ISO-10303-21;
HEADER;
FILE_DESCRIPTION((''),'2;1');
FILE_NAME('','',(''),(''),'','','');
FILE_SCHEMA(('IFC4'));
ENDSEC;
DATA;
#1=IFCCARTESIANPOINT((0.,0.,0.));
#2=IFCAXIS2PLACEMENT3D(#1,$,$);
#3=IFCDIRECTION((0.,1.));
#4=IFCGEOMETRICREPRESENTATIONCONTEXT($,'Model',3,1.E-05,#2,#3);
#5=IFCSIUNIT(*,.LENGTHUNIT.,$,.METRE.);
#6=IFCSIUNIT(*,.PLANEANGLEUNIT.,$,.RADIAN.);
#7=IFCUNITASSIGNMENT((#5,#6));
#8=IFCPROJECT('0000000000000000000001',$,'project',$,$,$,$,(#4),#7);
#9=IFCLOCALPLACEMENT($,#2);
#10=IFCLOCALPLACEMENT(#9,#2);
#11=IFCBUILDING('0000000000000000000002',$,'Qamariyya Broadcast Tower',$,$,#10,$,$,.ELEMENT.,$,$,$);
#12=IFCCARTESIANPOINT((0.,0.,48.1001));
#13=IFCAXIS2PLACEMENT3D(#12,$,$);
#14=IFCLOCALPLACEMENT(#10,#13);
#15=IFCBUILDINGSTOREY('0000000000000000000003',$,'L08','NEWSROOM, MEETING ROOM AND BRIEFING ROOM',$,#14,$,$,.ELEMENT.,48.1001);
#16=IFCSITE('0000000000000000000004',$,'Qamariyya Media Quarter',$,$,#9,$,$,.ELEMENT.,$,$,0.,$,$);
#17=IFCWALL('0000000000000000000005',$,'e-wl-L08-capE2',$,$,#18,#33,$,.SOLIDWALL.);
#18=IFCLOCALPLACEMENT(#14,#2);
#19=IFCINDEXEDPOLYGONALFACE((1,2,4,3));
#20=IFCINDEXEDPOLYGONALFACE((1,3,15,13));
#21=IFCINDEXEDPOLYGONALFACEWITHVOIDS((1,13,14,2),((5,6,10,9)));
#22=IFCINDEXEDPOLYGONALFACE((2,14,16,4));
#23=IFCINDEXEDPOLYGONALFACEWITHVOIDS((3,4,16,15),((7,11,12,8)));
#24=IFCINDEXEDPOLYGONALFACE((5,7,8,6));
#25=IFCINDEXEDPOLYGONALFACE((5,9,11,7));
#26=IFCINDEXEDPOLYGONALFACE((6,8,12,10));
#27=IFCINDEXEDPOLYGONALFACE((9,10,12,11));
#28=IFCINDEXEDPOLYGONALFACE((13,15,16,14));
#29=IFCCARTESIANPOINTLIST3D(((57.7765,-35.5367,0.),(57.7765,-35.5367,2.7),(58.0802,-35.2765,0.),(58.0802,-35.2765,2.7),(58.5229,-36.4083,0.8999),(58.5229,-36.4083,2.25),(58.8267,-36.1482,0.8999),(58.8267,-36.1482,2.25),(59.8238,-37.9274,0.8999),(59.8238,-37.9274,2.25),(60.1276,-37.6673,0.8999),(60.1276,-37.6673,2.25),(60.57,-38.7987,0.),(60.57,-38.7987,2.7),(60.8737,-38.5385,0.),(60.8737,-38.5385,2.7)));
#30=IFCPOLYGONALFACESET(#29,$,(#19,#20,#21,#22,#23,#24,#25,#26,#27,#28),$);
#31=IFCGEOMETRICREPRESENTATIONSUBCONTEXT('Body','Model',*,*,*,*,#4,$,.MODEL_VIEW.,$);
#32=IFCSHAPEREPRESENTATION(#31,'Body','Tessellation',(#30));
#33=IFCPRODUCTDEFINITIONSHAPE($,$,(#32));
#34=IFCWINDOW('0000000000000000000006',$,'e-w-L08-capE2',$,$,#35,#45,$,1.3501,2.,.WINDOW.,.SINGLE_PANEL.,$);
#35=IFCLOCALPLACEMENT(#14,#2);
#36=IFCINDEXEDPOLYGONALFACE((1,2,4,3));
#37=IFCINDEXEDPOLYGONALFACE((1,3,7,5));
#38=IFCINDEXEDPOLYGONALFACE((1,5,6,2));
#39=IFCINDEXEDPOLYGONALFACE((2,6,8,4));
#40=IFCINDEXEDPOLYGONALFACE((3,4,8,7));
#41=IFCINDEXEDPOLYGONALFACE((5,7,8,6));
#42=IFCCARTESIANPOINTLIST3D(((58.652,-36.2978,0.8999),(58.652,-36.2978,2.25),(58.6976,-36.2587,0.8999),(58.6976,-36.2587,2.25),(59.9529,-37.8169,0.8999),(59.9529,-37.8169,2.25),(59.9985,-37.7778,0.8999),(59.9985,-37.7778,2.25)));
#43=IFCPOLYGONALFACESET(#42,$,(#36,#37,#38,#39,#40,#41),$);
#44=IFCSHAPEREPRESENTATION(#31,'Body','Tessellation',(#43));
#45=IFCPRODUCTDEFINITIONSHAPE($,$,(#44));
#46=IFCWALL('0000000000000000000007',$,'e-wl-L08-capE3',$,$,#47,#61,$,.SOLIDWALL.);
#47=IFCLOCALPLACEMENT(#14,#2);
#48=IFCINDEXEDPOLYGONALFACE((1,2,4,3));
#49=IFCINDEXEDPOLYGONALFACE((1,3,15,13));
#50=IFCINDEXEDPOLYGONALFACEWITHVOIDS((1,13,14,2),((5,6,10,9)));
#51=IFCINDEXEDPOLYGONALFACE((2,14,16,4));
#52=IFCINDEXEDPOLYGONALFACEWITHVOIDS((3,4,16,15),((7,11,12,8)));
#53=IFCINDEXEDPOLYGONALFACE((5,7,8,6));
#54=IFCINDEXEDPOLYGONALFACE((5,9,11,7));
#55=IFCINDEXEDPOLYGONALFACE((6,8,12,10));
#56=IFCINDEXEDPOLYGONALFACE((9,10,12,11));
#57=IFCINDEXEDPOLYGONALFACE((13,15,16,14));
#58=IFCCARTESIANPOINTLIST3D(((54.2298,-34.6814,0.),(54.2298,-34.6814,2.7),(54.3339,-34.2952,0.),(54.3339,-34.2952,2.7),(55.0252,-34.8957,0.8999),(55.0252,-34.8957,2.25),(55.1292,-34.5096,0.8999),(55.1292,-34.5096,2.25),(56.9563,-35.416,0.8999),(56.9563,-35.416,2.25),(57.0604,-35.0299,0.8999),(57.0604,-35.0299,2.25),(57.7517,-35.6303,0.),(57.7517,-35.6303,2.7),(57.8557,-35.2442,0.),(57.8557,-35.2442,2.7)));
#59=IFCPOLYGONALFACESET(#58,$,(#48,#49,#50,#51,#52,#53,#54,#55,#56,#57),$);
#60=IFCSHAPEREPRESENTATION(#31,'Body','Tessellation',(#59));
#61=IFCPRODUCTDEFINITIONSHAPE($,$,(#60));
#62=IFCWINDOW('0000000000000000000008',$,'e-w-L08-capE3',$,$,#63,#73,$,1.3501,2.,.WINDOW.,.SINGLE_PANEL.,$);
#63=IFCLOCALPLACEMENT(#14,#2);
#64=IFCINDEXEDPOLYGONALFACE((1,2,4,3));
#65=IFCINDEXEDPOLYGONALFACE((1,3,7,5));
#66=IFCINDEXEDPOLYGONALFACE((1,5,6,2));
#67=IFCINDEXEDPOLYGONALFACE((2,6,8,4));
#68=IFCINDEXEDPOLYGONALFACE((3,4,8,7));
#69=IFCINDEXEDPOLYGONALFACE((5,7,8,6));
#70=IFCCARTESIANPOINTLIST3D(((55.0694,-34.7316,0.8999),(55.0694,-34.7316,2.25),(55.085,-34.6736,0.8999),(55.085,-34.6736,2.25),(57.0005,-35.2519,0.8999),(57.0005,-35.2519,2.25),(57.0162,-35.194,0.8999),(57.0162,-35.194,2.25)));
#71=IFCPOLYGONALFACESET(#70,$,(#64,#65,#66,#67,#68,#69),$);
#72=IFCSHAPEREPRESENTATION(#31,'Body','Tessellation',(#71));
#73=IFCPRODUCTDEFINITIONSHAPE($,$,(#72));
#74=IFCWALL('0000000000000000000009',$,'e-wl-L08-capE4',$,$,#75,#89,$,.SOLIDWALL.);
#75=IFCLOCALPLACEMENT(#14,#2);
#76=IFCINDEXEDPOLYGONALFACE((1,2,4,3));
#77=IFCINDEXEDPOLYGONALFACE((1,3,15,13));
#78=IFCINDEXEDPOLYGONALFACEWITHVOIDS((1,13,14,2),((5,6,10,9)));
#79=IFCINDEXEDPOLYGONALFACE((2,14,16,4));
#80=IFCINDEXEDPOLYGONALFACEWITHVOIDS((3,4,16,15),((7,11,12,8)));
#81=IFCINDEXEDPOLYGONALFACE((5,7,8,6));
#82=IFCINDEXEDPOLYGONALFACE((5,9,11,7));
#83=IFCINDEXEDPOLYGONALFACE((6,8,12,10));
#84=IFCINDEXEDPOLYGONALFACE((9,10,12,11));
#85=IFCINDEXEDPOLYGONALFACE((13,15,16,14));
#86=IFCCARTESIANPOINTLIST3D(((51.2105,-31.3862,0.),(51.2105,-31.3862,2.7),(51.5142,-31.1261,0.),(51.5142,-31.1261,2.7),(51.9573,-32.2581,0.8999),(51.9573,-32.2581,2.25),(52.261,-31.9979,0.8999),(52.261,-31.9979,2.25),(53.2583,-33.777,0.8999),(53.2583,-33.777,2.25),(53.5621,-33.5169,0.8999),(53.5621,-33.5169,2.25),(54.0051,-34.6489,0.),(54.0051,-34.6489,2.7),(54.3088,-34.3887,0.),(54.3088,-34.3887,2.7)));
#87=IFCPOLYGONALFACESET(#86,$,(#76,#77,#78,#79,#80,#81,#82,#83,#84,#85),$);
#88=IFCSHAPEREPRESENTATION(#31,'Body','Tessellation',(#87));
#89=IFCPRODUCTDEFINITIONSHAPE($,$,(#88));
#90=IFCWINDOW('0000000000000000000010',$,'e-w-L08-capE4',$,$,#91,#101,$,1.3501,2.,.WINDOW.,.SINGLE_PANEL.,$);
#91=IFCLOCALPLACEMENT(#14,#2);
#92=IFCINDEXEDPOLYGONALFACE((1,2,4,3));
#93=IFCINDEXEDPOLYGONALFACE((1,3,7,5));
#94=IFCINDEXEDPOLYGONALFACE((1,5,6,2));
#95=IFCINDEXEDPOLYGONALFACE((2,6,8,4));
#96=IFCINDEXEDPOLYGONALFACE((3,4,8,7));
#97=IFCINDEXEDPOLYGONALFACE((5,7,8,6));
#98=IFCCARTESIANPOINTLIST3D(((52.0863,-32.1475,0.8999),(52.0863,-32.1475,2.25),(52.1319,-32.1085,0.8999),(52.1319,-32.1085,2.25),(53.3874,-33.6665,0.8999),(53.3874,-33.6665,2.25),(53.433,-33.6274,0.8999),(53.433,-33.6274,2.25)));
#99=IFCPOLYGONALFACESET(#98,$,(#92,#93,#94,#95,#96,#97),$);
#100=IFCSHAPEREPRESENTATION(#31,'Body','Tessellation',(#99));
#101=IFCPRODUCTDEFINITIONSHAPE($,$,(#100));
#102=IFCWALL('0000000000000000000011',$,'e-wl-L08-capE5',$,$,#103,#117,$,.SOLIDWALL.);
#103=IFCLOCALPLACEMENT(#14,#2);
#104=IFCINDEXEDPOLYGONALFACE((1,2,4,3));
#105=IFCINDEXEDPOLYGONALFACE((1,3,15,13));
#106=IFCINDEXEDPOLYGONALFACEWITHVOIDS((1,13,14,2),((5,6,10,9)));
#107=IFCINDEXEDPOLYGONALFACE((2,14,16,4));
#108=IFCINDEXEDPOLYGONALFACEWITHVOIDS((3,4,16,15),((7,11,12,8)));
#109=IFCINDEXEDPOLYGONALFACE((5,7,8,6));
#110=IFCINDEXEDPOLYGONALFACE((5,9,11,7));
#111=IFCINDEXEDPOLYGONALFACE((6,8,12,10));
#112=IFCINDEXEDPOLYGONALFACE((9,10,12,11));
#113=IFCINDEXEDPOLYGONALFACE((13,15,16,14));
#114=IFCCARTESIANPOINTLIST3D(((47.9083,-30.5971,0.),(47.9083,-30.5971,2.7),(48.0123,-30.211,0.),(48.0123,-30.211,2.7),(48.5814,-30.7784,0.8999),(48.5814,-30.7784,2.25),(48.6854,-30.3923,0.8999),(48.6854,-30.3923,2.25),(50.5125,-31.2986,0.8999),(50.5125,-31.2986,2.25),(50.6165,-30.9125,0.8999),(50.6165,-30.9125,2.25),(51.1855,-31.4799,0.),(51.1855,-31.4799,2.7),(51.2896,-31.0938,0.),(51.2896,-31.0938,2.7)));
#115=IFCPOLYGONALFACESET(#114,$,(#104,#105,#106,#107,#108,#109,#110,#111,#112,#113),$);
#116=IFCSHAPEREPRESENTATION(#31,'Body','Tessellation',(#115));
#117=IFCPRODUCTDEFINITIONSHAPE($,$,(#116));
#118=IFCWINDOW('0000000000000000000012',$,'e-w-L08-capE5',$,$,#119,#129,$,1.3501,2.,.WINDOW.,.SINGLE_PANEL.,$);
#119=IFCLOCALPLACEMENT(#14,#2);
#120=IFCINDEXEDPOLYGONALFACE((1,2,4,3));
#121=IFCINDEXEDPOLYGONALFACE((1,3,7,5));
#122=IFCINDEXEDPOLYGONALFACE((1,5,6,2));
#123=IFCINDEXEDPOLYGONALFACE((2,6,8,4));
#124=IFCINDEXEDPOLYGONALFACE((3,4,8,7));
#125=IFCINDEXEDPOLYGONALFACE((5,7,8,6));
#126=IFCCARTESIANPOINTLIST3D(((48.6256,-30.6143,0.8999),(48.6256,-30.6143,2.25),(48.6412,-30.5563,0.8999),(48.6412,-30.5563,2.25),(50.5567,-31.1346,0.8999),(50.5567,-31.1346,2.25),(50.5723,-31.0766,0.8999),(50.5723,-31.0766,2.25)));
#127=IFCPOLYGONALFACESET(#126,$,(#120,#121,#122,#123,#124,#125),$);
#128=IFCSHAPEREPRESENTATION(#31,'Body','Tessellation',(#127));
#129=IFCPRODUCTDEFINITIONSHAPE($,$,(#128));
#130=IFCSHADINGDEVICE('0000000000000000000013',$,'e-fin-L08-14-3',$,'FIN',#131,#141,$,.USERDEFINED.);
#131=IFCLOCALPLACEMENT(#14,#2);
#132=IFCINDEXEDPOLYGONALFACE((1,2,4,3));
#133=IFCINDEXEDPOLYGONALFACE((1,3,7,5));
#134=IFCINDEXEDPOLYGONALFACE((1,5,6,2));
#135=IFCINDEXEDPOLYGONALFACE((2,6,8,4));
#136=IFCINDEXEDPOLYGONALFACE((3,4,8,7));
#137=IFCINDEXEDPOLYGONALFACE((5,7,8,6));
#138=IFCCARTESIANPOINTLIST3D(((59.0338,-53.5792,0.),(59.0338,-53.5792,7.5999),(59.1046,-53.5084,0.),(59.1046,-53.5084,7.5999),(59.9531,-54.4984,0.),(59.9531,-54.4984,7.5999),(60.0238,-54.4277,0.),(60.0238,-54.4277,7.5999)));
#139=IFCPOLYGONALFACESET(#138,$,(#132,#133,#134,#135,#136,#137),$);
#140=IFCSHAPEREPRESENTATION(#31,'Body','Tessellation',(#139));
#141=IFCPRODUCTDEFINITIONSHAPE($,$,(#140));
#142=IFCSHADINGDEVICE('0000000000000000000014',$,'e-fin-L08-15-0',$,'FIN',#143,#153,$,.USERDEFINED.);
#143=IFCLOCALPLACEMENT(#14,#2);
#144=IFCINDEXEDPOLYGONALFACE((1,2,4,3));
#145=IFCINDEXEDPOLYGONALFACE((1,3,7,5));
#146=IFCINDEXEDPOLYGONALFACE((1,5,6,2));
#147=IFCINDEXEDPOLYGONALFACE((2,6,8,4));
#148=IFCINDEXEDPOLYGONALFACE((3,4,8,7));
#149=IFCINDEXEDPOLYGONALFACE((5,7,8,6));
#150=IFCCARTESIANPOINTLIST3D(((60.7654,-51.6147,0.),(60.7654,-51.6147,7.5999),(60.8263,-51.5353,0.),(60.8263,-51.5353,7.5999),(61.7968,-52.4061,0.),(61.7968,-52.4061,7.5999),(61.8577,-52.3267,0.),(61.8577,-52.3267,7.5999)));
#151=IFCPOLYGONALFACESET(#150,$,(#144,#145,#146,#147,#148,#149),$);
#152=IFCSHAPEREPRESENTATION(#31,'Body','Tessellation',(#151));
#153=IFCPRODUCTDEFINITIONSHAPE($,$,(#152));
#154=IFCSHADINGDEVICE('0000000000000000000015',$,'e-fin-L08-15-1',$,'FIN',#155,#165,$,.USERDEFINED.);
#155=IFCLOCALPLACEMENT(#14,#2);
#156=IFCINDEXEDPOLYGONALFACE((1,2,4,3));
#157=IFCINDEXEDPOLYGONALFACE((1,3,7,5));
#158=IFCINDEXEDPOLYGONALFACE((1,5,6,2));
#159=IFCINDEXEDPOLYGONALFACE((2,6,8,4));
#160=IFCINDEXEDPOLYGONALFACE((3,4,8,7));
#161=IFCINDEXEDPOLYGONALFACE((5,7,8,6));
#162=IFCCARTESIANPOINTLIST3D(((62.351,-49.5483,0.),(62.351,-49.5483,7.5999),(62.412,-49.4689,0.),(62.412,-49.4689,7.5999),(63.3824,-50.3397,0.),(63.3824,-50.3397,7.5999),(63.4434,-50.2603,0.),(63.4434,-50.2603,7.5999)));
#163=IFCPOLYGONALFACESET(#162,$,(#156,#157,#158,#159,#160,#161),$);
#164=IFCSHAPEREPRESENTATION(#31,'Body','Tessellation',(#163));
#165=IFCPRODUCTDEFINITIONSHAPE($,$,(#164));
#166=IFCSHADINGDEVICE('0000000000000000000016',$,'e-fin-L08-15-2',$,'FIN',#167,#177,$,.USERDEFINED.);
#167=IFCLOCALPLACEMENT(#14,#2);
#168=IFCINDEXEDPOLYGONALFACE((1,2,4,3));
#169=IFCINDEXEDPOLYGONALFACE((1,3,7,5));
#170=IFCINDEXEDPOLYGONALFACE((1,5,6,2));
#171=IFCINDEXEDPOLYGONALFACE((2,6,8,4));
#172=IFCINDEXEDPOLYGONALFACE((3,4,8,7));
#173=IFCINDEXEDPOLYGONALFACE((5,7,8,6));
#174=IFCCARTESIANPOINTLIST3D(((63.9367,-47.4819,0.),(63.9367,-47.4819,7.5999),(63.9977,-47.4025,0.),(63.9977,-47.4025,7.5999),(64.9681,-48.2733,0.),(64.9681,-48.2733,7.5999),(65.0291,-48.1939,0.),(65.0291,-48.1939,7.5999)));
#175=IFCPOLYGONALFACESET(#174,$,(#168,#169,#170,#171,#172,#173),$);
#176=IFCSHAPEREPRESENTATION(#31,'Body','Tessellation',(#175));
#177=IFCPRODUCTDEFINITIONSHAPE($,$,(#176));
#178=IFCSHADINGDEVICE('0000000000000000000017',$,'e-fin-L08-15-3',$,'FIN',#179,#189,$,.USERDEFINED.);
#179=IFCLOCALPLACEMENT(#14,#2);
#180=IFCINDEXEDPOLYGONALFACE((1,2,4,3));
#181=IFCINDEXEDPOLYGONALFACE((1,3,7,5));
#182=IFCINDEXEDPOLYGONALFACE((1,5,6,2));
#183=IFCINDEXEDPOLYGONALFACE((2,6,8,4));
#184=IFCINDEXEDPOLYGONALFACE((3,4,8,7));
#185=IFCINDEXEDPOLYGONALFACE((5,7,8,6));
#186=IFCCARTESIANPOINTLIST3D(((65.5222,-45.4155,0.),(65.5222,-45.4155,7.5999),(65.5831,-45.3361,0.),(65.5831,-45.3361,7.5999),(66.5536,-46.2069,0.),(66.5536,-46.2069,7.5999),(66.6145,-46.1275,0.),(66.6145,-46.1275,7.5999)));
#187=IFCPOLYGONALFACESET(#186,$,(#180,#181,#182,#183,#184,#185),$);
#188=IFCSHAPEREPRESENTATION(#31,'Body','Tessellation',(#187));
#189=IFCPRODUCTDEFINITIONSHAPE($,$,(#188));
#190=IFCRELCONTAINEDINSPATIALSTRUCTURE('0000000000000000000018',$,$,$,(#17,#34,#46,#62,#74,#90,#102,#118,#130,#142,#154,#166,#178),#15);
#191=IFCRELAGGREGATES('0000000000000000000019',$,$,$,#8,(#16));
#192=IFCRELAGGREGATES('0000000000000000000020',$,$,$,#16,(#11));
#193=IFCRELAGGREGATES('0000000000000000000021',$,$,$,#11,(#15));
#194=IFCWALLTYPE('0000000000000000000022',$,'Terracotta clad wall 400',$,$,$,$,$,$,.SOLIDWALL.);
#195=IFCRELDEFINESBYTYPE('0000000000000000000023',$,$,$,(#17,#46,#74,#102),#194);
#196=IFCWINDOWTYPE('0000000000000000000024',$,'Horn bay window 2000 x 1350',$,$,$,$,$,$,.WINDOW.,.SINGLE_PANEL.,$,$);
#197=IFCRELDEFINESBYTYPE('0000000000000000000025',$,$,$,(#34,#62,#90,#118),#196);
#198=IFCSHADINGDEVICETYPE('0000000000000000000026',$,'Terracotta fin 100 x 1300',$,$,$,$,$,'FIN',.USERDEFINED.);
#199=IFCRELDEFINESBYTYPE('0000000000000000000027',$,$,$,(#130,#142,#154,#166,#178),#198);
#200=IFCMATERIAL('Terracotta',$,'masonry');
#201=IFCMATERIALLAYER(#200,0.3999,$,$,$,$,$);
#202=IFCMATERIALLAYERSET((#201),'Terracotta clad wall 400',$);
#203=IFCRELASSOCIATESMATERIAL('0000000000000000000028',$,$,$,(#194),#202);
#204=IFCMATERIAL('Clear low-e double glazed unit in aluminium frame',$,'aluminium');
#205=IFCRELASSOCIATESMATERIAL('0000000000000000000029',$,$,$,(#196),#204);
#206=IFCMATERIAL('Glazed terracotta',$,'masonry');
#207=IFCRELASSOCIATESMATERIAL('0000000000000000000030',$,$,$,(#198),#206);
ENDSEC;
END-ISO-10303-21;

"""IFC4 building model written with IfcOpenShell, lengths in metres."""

from ifc_helpers import new_model, si_unit, direction, frame, frame_2d, origin, origin_2d, place, context, subcontext, project, spatial, rectangle, extrude, material, layer, layer_set, material_profile, profile_set, type_object, element, fill, save


model = new_model("IFC4")

# Units and contexts
model_context = context("Model", 3, precision=1e-05, world=origin(), true_north=direction((0.0, 1.0)))
body_context = subcontext(model_context, "Body", "Model", "MODEL_VIEW")
ifc_project = project(units=[si_unit("LENGTHUNIT", "METRE"), si_unit("PLANEANGLEUNIT", "RADIAN")], contexts=[model_context])

# Site, building, storey
site_placement = place(None, origin())
site = spatial("IfcSite", under=ifc_project, at=site_placement, Name="Qamariyya Media Quarter", CompositionType="ELEMENT", RefElevation=0.0)
building_placement = place(site_placement, origin())
building = spatial("IfcBuilding", under=site, at=building_placement, Name="Qamariyya Broadcast Tower", CompositionType="ELEMENT")
storey_placement = place(building_placement, frame((0.0, 0.0, 48.1001)))
storey = spatial("IfcBuildingStorey", under=building, at=storey_placement, Name="L08", Description="NEWSROOM, MEETING ROOM AND BRIEFING ROOM", CompositionType="ELEMENT", Elevation=48.1001)

# Walls, openings, windows
ifc_material_1 = material(Name="Terracotta", Category="masonry")
ifc_layer = layer(ifc_material_1, 0.3999)
ifc_layer_set = layer_set([ifc_layer], Name="Terracotta clad wall 400")
wall_type = type_object("IfcWallType", Name="Terracotta clad wall 400", PredefinedType="SOLIDWALL", material=ifc_layer_set)
ifc_material_2 = material(Name="Clear low-e double glazed unit in aluminium frame", Category="aluminium")
window_type = type_object("IfcWindowType", Name="Horn bay window 2000 x 1350", PartitioningType="SINGLE_PANEL", PredefinedType="WINDOW", material=ifc_material_2)
wall_1_placement = place(storey_placement, frame((60.7219, -38.6687, 0.0), z_axis=(0.0, 0.0, 1.0), x_axis=(-0.650454, 0.759545, 0.0)))
wall_1 = element("IfcWall", 1, at=wall_1_placement, inside=storey, type_object=wall_type, Name="e-wl-L08-capE2", PredefinedType="SOLIDWALL", context=body_context, shape_type="SweptSolid", body=[
    extrude(rectangle(XDim=4.2947, YDim=0.3999, at=frame_2d((2.1475, 0.0))), origin(), (0.0, 0.0, 1.0), 2.7),
])
opening_1_placement = place(wall_1_placement, frame((1.1472, 0.0, 0.8999)))
opening_1 = element("IfcOpeningElement", 2, at=opening_1_placement, cuts=wall_1, PredefinedType="OPENING", context=body_context, shape_type="SweptSolid", body=[
    extrude(rectangle(XDim=2.0, YDim=1.3501, at=frame_2d((1.0, 0.675))), frame((0.0, 0.21, 0.0), z_axis=(0.0, -1.0, 0.0), x_axis=(1.0, 0.0, 0.0)), (0.0, 0.0, 1.0), 0.4199),
])
window_1_placement = place(opening_1_placement, origin())
window_1 = element("IfcWindow", 3, at=window_1_placement, inside=storey, type_object=window_type, Name="e-w-L08-capE2", OverallHeight=1.3501, OverallWidth=2.0, PartitioningType="SINGLE_PANEL", PredefinedType="WINDOW", context=body_context, shape_type="SweptSolid", body=[
    extrude(rectangle(XDim=2.0, YDim=1.3501, at=frame_2d((1.0, 0.675))), frame((0.0, 0.03, 0.0), z_axis=(0.0, -1.0, 0.0), x_axis=(1.0, 0.0, 0.0)), (0.0, 0.0, 1.0), 0.0601),
])
fill(opening_1, window_1)
wall_2_placement = place(storey_placement, frame((57.8037, -35.4373, 0.0), z_axis=(0.0, 0.0, 1.0), x_axis=(-0.965564, 0.260165, 0.0)))
wall_2 = element("IfcWall", 4, at=wall_2_placement, inside=storey, type_object=wall_type, Name="e-wl-L08-capE3", PredefinedType="SOLIDWALL", context=body_context, shape_type="SweptSolid", body=[
    extrude(rectangle(XDim=3.6475, YDim=0.3999, at=frame_2d((1.8237, 0.0))), origin(), (0.0, 0.0, 1.0), 2.7),
])
opening_2_placement = place(wall_2_placement, frame((0.8237, 0.0, 0.8999)))
opening_2 = element("IfcOpeningElement", 5, at=opening_2_placement, cuts=wall_2, PredefinedType="OPENING", context=body_context, shape_type="SweptSolid", body=[
    extrude(rectangle(XDim=2.0, YDim=1.3501, at=frame_2d((1.0, 0.675))), frame((0.0, 0.21, 0.0), z_axis=(0.0, -1.0, 0.0), x_axis=(1.0, 0.0, 0.0)), (0.0, 0.0, 1.0), 0.4199),
])
window_2_placement = place(opening_2_placement, origin())
window_2 = element("IfcWindow", 6, at=window_2_placement, inside=storey, type_object=window_type, Name="e-w-L08-capE3", OverallHeight=1.3501, OverallWidth=2.0, PartitioningType="SINGLE_PANEL", PredefinedType="WINDOW", context=body_context, shape_type="SweptSolid", body=[
    extrude(rectangle(XDim=2.0, YDim=1.3501, at=frame_2d((1.0, 0.675))), frame((0.0, 0.03, 0.0), z_axis=(0.0, -1.0, 0.0), x_axis=(1.0, 0.0, 0.0)), (0.0, 0.0, 1.0), 0.0601),
])
fill(opening_2, window_2)
wall_3_placement = place(storey_placement, frame((54.157, -34.5188, 0.0), z_axis=(0.0, 0.0, 1.0), x_axis=(-0.650534, 0.759477, 0.0)))
wall_3 = element("IfcWall", 7, at=wall_3_placement, inside=storey, type_object=wall_type, Name="e-wl-L08-capE4", PredefinedType="SOLIDWALL", context=body_context, shape_type="SweptSolid", body=[
    extrude(rectangle(XDim=4.2959, YDim=0.3999, at=frame_2d((2.1479, 0.0))), origin(), (0.0, 0.0, 1.0), 2.7),
])
opening_3_placement = place(wall_3_placement, frame((1.1479, 0.0, 0.8999)))
opening_3 = element("IfcOpeningElement", 8, at=opening_3_placement, cuts=wall_3, PredefinedType="OPENING", context=body_context, shape_type="SweptSolid", body=[
    extrude(rectangle(XDim=2.0, YDim=1.3501, at=frame_2d((1.0, 0.675))), frame((0.0, 0.21, 0.0), z_axis=(0.0, -1.0, 0.0), x_axis=(1.0, 0.0, 0.0)), (0.0, 0.0, 1.0), 0.4199),
])
window_3_placement = place(opening_3_placement, origin())
window_3 = element("IfcWindow", 9, at=window_3_placement, inside=storey, type_object=window_type, Name="e-w-L08-capE4", OverallHeight=1.3501, OverallWidth=2.0, PartitioningType="SINGLE_PANEL", PredefinedType="WINDOW", context=body_context, shape_type="SweptSolid", body=[
    extrude(rectangle(XDim=2.0, YDim=1.3501, at=frame_2d((1.0, 0.675))), frame((0.0, 0.03, 0.0), z_axis=(0.0, -1.0, 0.0), x_axis=(1.0, 0.0, 0.0)), (0.0, 0.0, 1.0), 0.0601),
])
fill(opening_3, window_3)
wall_4_placement = place(storey_placement, frame((51.2375, -31.2869, 0.0), z_axis=(0.0, 0.0, 1.0), x_axis=(-0.965578, 0.260115, 0.0)))
wall_4 = element("IfcWall", 10, at=wall_4_placement, inside=storey, type_object=wall_type, Name="e-wl-L08-capE5", PredefinedType="SOLIDWALL", context=body_context, shape_type="SweptSolid", body=[
    extrude(rectangle(XDim=3.394, YDim=0.3999, at=frame_2d((1.697, 0.0))), origin(), (0.0, 0.0, 1.0), 2.7),
])
opening_4_placement = place(wall_4_placement, frame((0.697, 0.0, 0.8999)))
opening_4 = element("IfcOpeningElement", 11, at=opening_4_placement, cuts=wall_4, PredefinedType="OPENING", context=body_context, shape_type="SweptSolid", body=[
    extrude(rectangle(XDim=2.0, YDim=1.3501, at=frame_2d((1.0, 0.675))), frame((0.0, 0.21, 0.0), z_axis=(0.0, -1.0, 0.0), x_axis=(1.0, 0.0, 0.0)), (0.0, 0.0, 1.0), 0.4199),
])
window_4_placement = place(opening_4_placement, origin())
window_4 = element("IfcWindow", 12, at=window_4_placement, inside=storey, type_object=window_type, Name="e-w-L08-capE5", OverallHeight=1.3501, OverallWidth=2.0, PartitioningType="SINGLE_PANEL", PredefinedType="WINDOW", context=body_context, shape_type="SweptSolid", body=[
    extrude(rectangle(XDim=2.0, YDim=1.3501, at=frame_2d((1.0, 0.675))), frame((0.0, 0.03, 0.0), z_axis=(0.0, -1.0, 0.0), x_axis=(1.0, 0.0, 0.0)), (0.0, 0.0, 1.0), 0.0601),
])
fill(opening_4, window_4)

# Shading devices
ifc_material_3 = material(Name="Glazed terracotta", Category="masonry")
ifc_material_profile_1 = material_profile(ifc_material_3, rectangle(XDim=1.3, YDim=0.1001, at=origin_2d()))
ifc_profile_set_1 = profile_set([ifc_material_profile_1], Name="Glazed terracotta")
shading_device_type_1 = type_object("IfcShadingDeviceType", Name="Terracotta fin 100 x 1300", ElementType="FIN", PredefinedType="USERDEFINED", material=ifc_profile_set_1)
for number, where, z_axis, x_axis, name in (
    (13, (59.5288, -54.0034, 0.0), (0.0, 0.0, 1.0), (0.707107, -0.707107, 0.0), "e-fin-L08-14-3"),
    (14, (61.3115, -51.9707, 0.0), (0.0, 0.0, 1.0), (0.793353, -0.608761, 0.0), "e-fin-L08-15-0"),
    (15, (62.8972, -49.9043, 0.0), (0.0, 0.0, 1.0), (0.793353, -0.608761, 0.0), "e-fin-L08-15-1"),
    (16, (64.4829, -47.8379, 0.0), (0.0, 0.0, 1.0), (0.793353, -0.608761, 0.0), "e-fin-L08-15-2"),
    (17, (66.0684, -45.7715, 0.0), (0.0, 0.0, 1.0), (0.793353, -0.608761, 0.0), "e-fin-L08-15-3"),
):
    element("IfcShadingDevice", number, at=place(storey_placement, frame(where, z_axis=z_axis, x_axis=x_axis)), inside=storey, type_object=shading_device_type_1, Name=name, ObjectType="FIN", PredefinedType="USERDEFINED", context=body_context, shape_type="SweptSolid", body=[
        extrude(rectangle(XDim=1.3, YDim=0.1001, at=origin_2d()), origin(), (0.0, 0.0, 1.0), 7.5999),
    ])

save(model, "model.ifc")
